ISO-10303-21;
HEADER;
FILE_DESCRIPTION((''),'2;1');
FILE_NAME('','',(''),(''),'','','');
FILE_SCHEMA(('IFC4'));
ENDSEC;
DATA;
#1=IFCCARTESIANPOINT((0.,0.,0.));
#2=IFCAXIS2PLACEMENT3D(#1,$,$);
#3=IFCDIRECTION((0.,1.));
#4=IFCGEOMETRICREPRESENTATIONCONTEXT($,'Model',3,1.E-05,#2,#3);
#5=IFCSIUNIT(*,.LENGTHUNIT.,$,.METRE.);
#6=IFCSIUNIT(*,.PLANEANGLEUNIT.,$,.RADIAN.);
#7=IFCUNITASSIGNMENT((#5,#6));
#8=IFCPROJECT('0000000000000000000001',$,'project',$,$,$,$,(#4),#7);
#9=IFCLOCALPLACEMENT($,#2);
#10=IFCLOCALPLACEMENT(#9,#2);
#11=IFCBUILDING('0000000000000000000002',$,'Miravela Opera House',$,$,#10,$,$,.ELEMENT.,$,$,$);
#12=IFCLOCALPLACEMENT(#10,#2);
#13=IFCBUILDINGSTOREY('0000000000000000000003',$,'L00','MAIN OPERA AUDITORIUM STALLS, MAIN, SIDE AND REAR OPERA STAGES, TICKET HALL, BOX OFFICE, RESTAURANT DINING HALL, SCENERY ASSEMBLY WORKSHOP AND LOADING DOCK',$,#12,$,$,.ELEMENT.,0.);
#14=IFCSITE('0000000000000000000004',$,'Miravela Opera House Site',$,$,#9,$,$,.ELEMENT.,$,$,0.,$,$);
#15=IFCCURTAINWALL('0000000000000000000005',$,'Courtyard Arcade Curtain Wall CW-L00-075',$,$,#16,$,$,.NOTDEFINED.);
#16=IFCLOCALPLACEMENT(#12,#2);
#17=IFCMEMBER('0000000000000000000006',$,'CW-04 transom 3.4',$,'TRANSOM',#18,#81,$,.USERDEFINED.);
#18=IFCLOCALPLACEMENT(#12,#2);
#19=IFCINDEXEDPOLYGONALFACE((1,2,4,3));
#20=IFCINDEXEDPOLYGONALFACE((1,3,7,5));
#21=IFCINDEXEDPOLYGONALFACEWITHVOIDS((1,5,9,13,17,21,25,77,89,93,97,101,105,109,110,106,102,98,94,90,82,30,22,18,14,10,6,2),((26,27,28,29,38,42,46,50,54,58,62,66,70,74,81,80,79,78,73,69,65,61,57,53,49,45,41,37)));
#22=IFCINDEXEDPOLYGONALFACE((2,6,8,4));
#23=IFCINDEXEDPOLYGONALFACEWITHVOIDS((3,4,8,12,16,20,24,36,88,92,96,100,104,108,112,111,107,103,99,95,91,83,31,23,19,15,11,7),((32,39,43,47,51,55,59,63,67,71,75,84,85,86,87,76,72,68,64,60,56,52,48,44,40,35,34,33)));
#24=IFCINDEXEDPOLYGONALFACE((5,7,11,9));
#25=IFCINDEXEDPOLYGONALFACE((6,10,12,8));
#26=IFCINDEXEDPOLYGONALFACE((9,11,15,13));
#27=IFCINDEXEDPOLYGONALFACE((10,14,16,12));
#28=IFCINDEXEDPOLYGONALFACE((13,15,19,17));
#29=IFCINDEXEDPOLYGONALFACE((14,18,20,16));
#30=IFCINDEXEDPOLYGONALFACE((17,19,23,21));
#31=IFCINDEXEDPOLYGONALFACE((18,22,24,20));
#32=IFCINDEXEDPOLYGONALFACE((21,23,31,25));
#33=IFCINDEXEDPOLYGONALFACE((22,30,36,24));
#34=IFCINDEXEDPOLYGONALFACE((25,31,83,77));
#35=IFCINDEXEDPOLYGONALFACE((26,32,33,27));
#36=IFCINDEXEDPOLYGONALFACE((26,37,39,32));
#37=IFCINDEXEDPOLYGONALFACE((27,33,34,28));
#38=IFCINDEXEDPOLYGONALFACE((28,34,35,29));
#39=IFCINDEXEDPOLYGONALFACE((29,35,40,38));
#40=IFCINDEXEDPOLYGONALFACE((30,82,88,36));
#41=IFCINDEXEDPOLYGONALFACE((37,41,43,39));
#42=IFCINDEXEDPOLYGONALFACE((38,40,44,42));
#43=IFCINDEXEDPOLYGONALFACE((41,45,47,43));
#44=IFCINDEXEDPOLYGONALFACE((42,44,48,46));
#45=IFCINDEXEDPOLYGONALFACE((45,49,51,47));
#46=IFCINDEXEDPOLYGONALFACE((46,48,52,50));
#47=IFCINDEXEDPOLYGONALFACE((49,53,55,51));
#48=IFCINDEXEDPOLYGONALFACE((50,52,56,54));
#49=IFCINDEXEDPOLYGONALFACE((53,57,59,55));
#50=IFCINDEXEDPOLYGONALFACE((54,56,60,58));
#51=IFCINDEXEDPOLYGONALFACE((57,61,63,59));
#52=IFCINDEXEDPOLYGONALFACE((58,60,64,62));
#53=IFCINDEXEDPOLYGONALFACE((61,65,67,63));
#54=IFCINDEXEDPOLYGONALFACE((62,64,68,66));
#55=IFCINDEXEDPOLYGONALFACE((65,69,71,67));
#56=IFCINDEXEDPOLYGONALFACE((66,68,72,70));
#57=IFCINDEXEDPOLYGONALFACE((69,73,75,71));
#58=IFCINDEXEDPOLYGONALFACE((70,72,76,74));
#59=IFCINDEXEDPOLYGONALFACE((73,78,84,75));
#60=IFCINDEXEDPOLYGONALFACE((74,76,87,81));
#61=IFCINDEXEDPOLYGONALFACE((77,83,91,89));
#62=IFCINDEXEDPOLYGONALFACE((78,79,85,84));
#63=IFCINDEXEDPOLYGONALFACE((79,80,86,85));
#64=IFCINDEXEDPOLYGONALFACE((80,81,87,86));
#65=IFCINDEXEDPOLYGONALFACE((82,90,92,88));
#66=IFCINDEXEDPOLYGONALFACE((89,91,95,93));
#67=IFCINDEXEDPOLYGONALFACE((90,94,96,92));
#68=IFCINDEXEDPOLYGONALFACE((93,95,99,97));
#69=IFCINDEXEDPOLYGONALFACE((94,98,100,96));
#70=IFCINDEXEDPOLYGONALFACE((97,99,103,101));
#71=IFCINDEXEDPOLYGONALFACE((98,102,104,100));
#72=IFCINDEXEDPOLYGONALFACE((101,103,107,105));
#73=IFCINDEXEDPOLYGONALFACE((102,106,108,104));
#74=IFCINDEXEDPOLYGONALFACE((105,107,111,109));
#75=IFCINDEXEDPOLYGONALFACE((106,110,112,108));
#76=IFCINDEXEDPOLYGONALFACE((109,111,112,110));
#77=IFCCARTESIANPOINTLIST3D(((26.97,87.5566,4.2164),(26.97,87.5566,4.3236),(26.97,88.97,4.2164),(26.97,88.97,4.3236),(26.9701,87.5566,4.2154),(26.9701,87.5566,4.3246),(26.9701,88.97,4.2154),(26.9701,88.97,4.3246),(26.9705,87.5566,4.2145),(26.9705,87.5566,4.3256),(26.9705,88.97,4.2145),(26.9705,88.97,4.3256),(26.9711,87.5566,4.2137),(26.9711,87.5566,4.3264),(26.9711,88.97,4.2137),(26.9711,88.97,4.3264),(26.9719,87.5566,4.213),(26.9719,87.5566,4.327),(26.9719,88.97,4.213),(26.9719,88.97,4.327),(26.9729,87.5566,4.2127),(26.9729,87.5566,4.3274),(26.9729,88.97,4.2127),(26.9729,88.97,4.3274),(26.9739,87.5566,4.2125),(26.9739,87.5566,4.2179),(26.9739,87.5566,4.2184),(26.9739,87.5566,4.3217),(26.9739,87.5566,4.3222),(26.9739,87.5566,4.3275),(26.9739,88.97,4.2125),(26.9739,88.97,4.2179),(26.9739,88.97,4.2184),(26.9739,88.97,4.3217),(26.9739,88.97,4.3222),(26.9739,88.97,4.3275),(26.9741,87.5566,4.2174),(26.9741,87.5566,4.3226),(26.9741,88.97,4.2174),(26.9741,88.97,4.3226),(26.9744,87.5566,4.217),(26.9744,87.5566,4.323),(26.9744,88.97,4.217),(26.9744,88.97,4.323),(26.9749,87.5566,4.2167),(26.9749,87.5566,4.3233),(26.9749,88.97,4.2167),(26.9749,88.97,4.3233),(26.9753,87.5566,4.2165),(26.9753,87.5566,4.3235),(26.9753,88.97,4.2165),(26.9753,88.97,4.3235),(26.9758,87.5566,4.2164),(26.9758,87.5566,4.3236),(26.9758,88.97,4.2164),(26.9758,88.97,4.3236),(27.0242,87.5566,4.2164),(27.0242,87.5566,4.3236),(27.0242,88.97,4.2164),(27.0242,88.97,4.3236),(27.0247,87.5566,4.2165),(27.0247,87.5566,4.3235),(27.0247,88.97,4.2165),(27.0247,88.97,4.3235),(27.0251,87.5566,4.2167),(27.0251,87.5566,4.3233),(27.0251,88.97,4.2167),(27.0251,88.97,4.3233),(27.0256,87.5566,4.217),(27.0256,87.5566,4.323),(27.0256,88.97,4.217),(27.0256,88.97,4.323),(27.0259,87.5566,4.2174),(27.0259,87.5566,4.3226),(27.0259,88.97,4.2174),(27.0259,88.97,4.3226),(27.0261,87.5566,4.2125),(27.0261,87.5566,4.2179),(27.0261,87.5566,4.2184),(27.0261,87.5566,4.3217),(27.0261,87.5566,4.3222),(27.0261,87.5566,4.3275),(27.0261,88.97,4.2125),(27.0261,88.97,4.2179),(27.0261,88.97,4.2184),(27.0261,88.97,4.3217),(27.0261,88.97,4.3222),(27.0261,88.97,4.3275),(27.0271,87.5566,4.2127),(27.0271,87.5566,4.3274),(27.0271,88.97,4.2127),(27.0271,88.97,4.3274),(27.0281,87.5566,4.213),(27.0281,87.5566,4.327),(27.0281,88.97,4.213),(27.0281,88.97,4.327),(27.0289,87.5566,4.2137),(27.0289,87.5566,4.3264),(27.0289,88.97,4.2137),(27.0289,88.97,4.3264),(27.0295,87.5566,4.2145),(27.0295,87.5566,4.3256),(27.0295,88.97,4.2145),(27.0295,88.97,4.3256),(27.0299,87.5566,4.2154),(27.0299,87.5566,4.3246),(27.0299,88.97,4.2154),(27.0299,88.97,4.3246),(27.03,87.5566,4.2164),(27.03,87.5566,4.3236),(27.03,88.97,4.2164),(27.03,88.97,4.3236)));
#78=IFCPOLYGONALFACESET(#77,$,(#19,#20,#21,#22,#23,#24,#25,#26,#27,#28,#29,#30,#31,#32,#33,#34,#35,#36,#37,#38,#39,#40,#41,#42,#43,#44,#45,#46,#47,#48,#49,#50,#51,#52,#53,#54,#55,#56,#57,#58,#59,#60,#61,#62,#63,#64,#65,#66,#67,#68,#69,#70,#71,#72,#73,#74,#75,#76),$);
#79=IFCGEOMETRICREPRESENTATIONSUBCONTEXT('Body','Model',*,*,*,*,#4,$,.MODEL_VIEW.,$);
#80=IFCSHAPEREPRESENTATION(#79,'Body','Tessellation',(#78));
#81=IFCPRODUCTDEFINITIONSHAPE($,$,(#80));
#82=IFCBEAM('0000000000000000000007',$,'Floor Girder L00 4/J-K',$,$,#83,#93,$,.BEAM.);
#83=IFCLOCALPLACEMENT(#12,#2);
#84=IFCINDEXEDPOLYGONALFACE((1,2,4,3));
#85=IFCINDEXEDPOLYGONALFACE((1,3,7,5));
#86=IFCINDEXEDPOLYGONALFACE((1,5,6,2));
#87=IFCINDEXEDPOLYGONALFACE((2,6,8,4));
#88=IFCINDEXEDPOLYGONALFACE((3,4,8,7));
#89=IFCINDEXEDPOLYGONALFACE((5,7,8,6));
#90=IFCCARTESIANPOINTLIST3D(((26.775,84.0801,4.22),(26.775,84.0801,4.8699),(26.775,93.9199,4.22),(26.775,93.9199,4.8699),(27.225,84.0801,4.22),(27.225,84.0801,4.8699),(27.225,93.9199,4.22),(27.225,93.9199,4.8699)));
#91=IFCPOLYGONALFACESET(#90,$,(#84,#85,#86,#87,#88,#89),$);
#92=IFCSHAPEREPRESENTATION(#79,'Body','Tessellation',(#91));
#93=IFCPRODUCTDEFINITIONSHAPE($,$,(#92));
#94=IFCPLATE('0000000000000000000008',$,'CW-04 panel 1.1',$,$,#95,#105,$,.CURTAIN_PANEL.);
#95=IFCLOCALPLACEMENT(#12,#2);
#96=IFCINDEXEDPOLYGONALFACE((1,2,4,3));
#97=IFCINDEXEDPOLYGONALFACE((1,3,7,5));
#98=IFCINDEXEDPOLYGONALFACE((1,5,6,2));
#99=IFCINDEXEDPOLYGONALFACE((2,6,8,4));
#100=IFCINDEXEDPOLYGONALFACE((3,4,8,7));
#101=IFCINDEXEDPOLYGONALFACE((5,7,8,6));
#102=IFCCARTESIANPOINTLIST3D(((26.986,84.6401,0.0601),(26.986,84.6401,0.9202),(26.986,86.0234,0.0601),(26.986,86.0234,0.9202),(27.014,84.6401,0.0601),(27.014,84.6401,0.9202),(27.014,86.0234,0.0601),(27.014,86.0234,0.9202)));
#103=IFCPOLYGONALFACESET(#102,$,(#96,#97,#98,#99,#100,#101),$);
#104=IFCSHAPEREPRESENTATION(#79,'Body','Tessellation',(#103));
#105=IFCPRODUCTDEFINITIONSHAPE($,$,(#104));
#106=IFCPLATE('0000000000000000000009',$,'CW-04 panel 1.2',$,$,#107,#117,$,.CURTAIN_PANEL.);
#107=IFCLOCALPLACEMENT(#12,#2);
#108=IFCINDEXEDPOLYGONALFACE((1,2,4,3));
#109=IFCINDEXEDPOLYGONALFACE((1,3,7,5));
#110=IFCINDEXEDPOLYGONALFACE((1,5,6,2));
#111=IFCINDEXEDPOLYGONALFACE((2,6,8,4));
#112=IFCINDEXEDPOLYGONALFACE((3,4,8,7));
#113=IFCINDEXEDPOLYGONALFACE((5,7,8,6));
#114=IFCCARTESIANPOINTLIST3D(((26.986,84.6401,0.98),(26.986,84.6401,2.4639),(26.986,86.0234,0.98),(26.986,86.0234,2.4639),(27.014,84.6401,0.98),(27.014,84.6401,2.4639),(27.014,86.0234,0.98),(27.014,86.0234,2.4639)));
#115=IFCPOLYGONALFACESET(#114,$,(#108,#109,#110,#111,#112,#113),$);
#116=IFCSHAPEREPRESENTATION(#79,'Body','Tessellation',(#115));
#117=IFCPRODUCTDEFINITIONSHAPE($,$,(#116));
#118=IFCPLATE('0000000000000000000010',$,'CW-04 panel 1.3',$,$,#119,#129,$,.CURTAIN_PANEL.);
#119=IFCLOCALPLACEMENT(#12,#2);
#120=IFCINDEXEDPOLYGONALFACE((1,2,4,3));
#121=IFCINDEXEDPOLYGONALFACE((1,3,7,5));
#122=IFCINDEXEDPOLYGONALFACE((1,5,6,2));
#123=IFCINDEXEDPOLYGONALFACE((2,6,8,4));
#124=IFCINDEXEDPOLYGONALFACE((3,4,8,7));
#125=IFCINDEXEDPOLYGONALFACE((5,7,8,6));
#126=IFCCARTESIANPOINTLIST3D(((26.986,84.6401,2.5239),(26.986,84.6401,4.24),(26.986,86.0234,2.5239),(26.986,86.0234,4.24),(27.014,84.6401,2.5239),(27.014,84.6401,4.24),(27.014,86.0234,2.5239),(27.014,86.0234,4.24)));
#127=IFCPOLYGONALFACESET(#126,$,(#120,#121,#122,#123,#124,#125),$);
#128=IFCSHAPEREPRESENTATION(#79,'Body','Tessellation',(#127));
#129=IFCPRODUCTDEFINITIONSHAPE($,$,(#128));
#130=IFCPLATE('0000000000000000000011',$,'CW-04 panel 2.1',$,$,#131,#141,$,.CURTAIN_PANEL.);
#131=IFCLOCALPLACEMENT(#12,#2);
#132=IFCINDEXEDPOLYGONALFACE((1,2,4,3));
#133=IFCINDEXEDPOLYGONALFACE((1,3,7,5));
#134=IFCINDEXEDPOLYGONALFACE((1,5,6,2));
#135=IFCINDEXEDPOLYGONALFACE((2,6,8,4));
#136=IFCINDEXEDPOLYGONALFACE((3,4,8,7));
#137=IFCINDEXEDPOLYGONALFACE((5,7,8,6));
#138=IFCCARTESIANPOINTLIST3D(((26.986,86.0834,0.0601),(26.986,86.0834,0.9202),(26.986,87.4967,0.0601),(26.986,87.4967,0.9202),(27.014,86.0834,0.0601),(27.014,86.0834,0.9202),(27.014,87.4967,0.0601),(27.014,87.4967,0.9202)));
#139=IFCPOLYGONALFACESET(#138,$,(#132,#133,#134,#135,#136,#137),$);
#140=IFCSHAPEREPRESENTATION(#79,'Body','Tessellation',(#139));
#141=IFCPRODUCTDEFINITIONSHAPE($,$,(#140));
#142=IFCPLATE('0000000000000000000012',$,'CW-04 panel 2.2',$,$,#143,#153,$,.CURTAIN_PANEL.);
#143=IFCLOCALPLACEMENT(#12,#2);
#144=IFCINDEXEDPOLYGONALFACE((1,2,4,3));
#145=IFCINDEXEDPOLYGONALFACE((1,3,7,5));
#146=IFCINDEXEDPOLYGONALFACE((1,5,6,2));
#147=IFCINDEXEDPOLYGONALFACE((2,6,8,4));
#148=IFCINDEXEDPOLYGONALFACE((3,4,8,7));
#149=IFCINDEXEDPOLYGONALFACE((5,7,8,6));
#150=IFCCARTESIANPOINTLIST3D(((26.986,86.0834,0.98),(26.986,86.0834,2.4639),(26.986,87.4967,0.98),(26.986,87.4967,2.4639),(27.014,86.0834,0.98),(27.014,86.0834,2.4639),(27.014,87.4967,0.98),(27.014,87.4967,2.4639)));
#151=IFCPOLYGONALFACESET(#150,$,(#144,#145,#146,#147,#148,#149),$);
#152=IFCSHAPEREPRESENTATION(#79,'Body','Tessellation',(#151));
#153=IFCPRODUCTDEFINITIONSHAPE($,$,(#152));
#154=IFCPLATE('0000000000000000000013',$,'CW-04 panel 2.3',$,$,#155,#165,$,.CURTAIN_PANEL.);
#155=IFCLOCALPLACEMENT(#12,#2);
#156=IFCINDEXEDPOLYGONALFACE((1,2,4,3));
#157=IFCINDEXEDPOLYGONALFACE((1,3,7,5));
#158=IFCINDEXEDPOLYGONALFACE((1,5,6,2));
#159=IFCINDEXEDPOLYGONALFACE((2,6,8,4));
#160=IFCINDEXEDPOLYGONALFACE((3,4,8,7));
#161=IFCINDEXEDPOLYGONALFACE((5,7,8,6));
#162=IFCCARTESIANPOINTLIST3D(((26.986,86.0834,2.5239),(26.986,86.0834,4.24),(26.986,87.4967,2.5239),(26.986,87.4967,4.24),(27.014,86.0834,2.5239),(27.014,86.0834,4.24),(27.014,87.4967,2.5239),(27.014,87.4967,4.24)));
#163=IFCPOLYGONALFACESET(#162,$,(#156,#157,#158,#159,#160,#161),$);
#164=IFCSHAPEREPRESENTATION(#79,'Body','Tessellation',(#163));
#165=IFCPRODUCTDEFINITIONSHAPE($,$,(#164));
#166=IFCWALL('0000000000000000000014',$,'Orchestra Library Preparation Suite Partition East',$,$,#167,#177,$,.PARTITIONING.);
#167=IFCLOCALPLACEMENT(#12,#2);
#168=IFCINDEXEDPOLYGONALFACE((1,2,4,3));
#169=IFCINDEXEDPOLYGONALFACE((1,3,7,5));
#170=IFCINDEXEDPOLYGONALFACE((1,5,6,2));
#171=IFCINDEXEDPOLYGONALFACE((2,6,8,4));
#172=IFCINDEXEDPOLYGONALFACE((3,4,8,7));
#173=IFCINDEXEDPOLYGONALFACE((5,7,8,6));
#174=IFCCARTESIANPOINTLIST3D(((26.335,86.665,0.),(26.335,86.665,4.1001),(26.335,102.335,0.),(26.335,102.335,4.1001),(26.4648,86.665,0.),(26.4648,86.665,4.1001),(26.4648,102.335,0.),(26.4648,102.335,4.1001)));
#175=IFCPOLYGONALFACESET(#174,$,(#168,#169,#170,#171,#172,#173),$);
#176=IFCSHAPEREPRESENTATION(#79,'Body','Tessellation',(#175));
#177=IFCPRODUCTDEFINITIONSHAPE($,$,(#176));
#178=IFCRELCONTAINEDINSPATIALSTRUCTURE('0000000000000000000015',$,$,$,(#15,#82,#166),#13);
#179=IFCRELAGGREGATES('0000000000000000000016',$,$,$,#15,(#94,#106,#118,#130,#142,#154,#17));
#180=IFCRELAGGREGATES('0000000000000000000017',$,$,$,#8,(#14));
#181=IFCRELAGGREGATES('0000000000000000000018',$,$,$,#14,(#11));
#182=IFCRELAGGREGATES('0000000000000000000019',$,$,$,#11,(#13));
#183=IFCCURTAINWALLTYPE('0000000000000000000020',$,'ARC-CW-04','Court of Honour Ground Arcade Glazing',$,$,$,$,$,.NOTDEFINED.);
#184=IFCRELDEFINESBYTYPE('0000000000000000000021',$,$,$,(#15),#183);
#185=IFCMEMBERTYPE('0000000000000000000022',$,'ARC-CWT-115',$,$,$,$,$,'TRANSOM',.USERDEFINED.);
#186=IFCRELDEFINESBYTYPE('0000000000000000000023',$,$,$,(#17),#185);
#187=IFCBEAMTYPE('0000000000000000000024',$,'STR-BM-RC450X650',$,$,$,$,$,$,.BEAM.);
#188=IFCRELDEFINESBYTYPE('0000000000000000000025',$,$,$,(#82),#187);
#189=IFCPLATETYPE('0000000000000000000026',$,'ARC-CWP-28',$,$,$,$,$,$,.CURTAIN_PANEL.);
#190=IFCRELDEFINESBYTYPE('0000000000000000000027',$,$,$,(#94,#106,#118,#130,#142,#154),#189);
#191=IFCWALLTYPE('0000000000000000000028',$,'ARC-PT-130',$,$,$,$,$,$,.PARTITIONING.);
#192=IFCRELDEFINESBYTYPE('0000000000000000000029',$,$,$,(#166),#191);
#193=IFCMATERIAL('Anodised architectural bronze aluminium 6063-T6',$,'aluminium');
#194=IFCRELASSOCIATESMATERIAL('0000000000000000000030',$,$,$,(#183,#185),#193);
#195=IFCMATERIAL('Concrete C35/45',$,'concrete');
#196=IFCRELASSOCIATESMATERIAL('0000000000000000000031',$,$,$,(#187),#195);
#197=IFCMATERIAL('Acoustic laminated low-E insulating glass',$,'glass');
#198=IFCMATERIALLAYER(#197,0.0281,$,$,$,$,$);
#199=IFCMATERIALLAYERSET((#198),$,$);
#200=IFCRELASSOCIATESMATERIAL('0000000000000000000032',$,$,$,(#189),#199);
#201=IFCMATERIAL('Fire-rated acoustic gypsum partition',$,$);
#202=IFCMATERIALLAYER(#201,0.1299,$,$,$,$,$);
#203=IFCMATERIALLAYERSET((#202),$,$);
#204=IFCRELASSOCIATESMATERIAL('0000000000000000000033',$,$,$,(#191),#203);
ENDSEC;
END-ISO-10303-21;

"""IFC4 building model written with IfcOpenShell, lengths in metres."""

from ifc_helpers import new_model, si_unit, direction, frame, frame_2d, origin, origin_2d, place, context, subcontext, project, spatial, rectangle, hollow_rectangle, extrude, material, layer, layer_set, material_profile, profile_set, type_object, element, aggregate, save


model = new_model("IFC4")

# Units and contexts
model_context = context("Model", 3, precision=1e-05, world=origin(), true_north=direction((0.0, 1.0)))
body_context = subcontext(model_context, "Body", "Model", "MODEL_VIEW")
ifc_project = project(units=[si_unit("LENGTHUNIT", "METRE"), si_unit("PLANEANGLEUNIT", "RADIAN")], contexts=[model_context])

# Site, building, storey
site_placement = place(None, origin())
site = spatial("IfcSite", under=ifc_project, at=site_placement, Name="Miravela Opera House Site", CompositionType="ELEMENT", RefElevation=0.0)
building_placement = place(site_placement, origin())
building = spatial("IfcBuilding", under=site, at=building_placement, Name="Miravela Opera House", CompositionType="ELEMENT")
storey_placement = place(building_placement, origin())
storey = spatial("IfcBuildingStorey", under=building, at=storey_placement, Name="L00", Description="MAIN OPERA AUDITORIUM STALLS, MAIN, SIDE AND REAR OPERA STAGES, TICKET HALL, BOX OFFICE, RESTAURANT DINING HALL, SCENERY ASSEMBLY WORKSHOP AND LOADING DOCK", CompositionType="ELEMENT", Elevation=0.0)

# Curtain wall, member
ifc_material_1 = material(Name="Anodised architectural bronze aluminium 6063-T6", Category="aluminium")
curtain_wall_type = type_object("IfcCurtainWallType", Name="ARC-CW-04", Description="Court of Honour Ground Arcade Glazing", PredefinedType="NOTDEFINED", material=ifc_material_1)
curtain_wall_placement = place(storey_placement, origin())
curtain_wall = element("IfcCurtainWall", 1, at=curtain_wall_placement, inside=storey, type_object=curtain_wall_type, Name="Courtyard Arcade Curtain Wall CW-L00-075", PredefinedType="NOTDEFINED")
ifc_material_profile_1 = material_profile(ifc_material_1, hollow_rectangle(XDim=0.0601, YDim=0.115, WallThickness=0.0039, InnerFilletRadius=0.002, OuterFilletRadius=0.0039, at=origin_2d()), Name="CWT-60X115")
ifc_profile_set_1 = profile_set([ifc_material_profile_1])
member_type_1 = type_object("IfcMemberType", Name="ARC-CWT-115", ElementType="TRANSOM", PredefinedType="USERDEFINED", material=ifc_profile_set_1)
member_1_placement = place(storey_placement, frame((27.0, 87.5566, 4.27), z_axis=(0.0, 1.0, 0.0), x_axis=(-1.0, 0.0, 0.0)))
member_1 = element("IfcMember", 2, at=member_1_placement, type_object=member_type_1, Name="CW-04 transom 3.4", ObjectType="TRANSOM", PredefinedType="USERDEFINED", context=body_context, shape_type="SweptSolid", body=[
    extrude(hollow_rectangle(XDim=0.0601, YDim=0.115, WallThickness=0.0039, InnerFilletRadius=0.002, OuterFilletRadius=0.0039, at=origin_2d()), origin(), (0.0, 0.0, 1.0), 1.4133),
])

# Beam
ifc_material_2 = material(Name="Concrete C35/45", Category="concrete")
ifc_material_profile_2 = material_profile(ifc_material_2, rectangle(XDim=0.45, YDim=0.6499, at=origin_2d()), Name="RC-BM-450X650")
ifc_profile_set_2 = profile_set([ifc_material_profile_2])
beam_type = type_object("IfcBeamType", Name="STR-BM-RC450X650", PredefinedType="BEAM", material=ifc_profile_set_2)
beam_placement = place(storey_placement, frame((27.0, 84.0801, 4.5449), z_axis=(0.0, 1.0, 0.0), x_axis=(-1.0, 0.0, 0.0)))
element("IfcBeam", 3, at=beam_placement, inside=storey, type_object=beam_type, Name="Floor Girder L00 4/J-K", PredefinedType="BEAM", context=body_context, shape_type="SweptSolid", body=[
    extrude(rectangle(XDim=0.45, YDim=0.6499, at=origin_2d()), origin(), (0.0, 0.0, 1.0), 9.8398),
])

# Plates
ifc_material_3 = material(Name="Acoustic laminated low-E insulating glass", Category="glass")
ifc_layer_1 = layer(ifc_material_3, 0.0281)
ifc_layer_set_1 = layer_set([ifc_layer_1])
plate_type = type_object("IfcPlateType", Name="ARC-CWP-28", PredefinedType="CURTAIN_PANEL", material=ifc_layer_set_1)
plate_1_placement = place(storey_placement, frame((27.0, 85.3318, 0.0601), z_axis=(0.0, 0.0, 1.0), x_axis=(0.0, 1.0, 0.0)))
plate_1 = element("IfcPlate", 4, at=plate_1_placement, type_object=plate_type, Name="CW-04 panel 1.1", PredefinedType="CURTAIN_PANEL", context=body_context, shape_type="SweptSolid", body=[
    extrude(rectangle(XDim=1.3833, YDim=0.0281, at=origin_2d()), origin(), (0.0, 0.0, 1.0), 0.8601),
])
plate_2_placement = place(storey_placement, frame((27.0, 85.3318, 0.98), z_axis=(0.0, 0.0, 1.0), x_axis=(0.0, 1.0, 0.0)))
plate_2 = element("IfcPlate", 5, at=plate_2_placement, type_object=plate_type, Name="CW-04 panel 1.2", PredefinedType="CURTAIN_PANEL", context=body_context, shape_type="SweptSolid", body=[
    extrude(rectangle(XDim=1.3833, YDim=0.0281, at=origin_2d()), origin(), (0.0, 0.0, 1.0), 1.4839),
])
plate_3_placement = place(storey_placement, frame((27.0, 85.3318, 2.5239), z_axis=(0.0, 0.0, 1.0), x_axis=(0.0, 1.0, 0.0)))
plate_3 = element("IfcPlate", 6, at=plate_3_placement, type_object=plate_type, Name="CW-04 panel 1.3", PredefinedType="CURTAIN_PANEL", context=body_context, shape_type="SweptSolid", body=[
    extrude(rectangle(XDim=1.3833, YDim=0.0281, at=origin_2d()), origin(), (0.0, 0.0, 1.0), 1.7161),
])
plate_4_placement = place(storey_placement, frame((27.0, 86.79, 0.0601), z_axis=(0.0, 0.0, 1.0), x_axis=(0.0, 1.0, 0.0)))
plate_4 = element("IfcPlate", 7, at=plate_4_placement, type_object=plate_type, Name="CW-04 panel 2.1", PredefinedType="CURTAIN_PANEL", context=body_context, shape_type="SweptSolid", body=[
    extrude(rectangle(XDim=1.4133, YDim=0.0281, at=origin_2d()), origin(), (0.0, 0.0, 1.0), 0.8601),
])
plate_5_placement = place(storey_placement, frame((27.0, 86.79, 0.98), z_axis=(0.0, 0.0, 1.0), x_axis=(0.0, 1.0, 0.0)))
plate_5 = element("IfcPlate", 8, at=plate_5_placement, type_object=plate_type, Name="CW-04 panel 2.2", PredefinedType="CURTAIN_PANEL", context=body_context, shape_type="SweptSolid", body=[
    extrude(rectangle(XDim=1.4133, YDim=0.0281, at=origin_2d()), origin(), (0.0, 0.0, 1.0), 1.4839),
])
plate_6_placement = place(storey_placement, frame((27.0, 86.79, 2.5239), z_axis=(0.0, 0.0, 1.0), x_axis=(0.0, 1.0, 0.0)))
plate_6 = element("IfcPlate", 9, at=plate_6_placement, type_object=plate_type, Name="CW-04 panel 2.3", PredefinedType="CURTAIN_PANEL", context=body_context, shape_type="SweptSolid", body=[
    extrude(rectangle(XDim=1.4133, YDim=0.0281, at=origin_2d()), origin(), (0.0, 0.0, 1.0), 1.7161),
])
aggregate(curtain_wall, [plate_1, plate_2, plate_3, plate_4, plate_5, plate_6, member_1])

# Wall
ifc_material_4 = material(Name="Fire-rated acoustic gypsum partition")
ifc_layer_2 = layer(ifc_material_4, 0.1299)
ifc_layer_set_2 = layer_set([ifc_layer_2])
wall_type = type_object("IfcWallType", Name="ARC-PT-130", PredefinedType="PARTITIONING", material=ifc_layer_set_2)
wall_placement = place(storey_placement, frame((26.3999, 86.665, 0.0), z_axis=(0.0, 0.0, 1.0), x_axis=(0.0, 1.0, 0.0)))
element("IfcWall", 10, at=wall_placement, inside=storey, type_object=wall_type, Name="Orchestra Library Preparation Suite Partition East", PredefinedType="PARTITIONING", context=body_context, shape_type="SweptSolid", body=[
    extrude(rectangle(XDim=15.6699, YDim=0.1299, at=frame_2d((7.835, 0.0))), origin(), (0.0, 0.0, 1.0), 4.1001),
])

save(model, "model.ifc")
